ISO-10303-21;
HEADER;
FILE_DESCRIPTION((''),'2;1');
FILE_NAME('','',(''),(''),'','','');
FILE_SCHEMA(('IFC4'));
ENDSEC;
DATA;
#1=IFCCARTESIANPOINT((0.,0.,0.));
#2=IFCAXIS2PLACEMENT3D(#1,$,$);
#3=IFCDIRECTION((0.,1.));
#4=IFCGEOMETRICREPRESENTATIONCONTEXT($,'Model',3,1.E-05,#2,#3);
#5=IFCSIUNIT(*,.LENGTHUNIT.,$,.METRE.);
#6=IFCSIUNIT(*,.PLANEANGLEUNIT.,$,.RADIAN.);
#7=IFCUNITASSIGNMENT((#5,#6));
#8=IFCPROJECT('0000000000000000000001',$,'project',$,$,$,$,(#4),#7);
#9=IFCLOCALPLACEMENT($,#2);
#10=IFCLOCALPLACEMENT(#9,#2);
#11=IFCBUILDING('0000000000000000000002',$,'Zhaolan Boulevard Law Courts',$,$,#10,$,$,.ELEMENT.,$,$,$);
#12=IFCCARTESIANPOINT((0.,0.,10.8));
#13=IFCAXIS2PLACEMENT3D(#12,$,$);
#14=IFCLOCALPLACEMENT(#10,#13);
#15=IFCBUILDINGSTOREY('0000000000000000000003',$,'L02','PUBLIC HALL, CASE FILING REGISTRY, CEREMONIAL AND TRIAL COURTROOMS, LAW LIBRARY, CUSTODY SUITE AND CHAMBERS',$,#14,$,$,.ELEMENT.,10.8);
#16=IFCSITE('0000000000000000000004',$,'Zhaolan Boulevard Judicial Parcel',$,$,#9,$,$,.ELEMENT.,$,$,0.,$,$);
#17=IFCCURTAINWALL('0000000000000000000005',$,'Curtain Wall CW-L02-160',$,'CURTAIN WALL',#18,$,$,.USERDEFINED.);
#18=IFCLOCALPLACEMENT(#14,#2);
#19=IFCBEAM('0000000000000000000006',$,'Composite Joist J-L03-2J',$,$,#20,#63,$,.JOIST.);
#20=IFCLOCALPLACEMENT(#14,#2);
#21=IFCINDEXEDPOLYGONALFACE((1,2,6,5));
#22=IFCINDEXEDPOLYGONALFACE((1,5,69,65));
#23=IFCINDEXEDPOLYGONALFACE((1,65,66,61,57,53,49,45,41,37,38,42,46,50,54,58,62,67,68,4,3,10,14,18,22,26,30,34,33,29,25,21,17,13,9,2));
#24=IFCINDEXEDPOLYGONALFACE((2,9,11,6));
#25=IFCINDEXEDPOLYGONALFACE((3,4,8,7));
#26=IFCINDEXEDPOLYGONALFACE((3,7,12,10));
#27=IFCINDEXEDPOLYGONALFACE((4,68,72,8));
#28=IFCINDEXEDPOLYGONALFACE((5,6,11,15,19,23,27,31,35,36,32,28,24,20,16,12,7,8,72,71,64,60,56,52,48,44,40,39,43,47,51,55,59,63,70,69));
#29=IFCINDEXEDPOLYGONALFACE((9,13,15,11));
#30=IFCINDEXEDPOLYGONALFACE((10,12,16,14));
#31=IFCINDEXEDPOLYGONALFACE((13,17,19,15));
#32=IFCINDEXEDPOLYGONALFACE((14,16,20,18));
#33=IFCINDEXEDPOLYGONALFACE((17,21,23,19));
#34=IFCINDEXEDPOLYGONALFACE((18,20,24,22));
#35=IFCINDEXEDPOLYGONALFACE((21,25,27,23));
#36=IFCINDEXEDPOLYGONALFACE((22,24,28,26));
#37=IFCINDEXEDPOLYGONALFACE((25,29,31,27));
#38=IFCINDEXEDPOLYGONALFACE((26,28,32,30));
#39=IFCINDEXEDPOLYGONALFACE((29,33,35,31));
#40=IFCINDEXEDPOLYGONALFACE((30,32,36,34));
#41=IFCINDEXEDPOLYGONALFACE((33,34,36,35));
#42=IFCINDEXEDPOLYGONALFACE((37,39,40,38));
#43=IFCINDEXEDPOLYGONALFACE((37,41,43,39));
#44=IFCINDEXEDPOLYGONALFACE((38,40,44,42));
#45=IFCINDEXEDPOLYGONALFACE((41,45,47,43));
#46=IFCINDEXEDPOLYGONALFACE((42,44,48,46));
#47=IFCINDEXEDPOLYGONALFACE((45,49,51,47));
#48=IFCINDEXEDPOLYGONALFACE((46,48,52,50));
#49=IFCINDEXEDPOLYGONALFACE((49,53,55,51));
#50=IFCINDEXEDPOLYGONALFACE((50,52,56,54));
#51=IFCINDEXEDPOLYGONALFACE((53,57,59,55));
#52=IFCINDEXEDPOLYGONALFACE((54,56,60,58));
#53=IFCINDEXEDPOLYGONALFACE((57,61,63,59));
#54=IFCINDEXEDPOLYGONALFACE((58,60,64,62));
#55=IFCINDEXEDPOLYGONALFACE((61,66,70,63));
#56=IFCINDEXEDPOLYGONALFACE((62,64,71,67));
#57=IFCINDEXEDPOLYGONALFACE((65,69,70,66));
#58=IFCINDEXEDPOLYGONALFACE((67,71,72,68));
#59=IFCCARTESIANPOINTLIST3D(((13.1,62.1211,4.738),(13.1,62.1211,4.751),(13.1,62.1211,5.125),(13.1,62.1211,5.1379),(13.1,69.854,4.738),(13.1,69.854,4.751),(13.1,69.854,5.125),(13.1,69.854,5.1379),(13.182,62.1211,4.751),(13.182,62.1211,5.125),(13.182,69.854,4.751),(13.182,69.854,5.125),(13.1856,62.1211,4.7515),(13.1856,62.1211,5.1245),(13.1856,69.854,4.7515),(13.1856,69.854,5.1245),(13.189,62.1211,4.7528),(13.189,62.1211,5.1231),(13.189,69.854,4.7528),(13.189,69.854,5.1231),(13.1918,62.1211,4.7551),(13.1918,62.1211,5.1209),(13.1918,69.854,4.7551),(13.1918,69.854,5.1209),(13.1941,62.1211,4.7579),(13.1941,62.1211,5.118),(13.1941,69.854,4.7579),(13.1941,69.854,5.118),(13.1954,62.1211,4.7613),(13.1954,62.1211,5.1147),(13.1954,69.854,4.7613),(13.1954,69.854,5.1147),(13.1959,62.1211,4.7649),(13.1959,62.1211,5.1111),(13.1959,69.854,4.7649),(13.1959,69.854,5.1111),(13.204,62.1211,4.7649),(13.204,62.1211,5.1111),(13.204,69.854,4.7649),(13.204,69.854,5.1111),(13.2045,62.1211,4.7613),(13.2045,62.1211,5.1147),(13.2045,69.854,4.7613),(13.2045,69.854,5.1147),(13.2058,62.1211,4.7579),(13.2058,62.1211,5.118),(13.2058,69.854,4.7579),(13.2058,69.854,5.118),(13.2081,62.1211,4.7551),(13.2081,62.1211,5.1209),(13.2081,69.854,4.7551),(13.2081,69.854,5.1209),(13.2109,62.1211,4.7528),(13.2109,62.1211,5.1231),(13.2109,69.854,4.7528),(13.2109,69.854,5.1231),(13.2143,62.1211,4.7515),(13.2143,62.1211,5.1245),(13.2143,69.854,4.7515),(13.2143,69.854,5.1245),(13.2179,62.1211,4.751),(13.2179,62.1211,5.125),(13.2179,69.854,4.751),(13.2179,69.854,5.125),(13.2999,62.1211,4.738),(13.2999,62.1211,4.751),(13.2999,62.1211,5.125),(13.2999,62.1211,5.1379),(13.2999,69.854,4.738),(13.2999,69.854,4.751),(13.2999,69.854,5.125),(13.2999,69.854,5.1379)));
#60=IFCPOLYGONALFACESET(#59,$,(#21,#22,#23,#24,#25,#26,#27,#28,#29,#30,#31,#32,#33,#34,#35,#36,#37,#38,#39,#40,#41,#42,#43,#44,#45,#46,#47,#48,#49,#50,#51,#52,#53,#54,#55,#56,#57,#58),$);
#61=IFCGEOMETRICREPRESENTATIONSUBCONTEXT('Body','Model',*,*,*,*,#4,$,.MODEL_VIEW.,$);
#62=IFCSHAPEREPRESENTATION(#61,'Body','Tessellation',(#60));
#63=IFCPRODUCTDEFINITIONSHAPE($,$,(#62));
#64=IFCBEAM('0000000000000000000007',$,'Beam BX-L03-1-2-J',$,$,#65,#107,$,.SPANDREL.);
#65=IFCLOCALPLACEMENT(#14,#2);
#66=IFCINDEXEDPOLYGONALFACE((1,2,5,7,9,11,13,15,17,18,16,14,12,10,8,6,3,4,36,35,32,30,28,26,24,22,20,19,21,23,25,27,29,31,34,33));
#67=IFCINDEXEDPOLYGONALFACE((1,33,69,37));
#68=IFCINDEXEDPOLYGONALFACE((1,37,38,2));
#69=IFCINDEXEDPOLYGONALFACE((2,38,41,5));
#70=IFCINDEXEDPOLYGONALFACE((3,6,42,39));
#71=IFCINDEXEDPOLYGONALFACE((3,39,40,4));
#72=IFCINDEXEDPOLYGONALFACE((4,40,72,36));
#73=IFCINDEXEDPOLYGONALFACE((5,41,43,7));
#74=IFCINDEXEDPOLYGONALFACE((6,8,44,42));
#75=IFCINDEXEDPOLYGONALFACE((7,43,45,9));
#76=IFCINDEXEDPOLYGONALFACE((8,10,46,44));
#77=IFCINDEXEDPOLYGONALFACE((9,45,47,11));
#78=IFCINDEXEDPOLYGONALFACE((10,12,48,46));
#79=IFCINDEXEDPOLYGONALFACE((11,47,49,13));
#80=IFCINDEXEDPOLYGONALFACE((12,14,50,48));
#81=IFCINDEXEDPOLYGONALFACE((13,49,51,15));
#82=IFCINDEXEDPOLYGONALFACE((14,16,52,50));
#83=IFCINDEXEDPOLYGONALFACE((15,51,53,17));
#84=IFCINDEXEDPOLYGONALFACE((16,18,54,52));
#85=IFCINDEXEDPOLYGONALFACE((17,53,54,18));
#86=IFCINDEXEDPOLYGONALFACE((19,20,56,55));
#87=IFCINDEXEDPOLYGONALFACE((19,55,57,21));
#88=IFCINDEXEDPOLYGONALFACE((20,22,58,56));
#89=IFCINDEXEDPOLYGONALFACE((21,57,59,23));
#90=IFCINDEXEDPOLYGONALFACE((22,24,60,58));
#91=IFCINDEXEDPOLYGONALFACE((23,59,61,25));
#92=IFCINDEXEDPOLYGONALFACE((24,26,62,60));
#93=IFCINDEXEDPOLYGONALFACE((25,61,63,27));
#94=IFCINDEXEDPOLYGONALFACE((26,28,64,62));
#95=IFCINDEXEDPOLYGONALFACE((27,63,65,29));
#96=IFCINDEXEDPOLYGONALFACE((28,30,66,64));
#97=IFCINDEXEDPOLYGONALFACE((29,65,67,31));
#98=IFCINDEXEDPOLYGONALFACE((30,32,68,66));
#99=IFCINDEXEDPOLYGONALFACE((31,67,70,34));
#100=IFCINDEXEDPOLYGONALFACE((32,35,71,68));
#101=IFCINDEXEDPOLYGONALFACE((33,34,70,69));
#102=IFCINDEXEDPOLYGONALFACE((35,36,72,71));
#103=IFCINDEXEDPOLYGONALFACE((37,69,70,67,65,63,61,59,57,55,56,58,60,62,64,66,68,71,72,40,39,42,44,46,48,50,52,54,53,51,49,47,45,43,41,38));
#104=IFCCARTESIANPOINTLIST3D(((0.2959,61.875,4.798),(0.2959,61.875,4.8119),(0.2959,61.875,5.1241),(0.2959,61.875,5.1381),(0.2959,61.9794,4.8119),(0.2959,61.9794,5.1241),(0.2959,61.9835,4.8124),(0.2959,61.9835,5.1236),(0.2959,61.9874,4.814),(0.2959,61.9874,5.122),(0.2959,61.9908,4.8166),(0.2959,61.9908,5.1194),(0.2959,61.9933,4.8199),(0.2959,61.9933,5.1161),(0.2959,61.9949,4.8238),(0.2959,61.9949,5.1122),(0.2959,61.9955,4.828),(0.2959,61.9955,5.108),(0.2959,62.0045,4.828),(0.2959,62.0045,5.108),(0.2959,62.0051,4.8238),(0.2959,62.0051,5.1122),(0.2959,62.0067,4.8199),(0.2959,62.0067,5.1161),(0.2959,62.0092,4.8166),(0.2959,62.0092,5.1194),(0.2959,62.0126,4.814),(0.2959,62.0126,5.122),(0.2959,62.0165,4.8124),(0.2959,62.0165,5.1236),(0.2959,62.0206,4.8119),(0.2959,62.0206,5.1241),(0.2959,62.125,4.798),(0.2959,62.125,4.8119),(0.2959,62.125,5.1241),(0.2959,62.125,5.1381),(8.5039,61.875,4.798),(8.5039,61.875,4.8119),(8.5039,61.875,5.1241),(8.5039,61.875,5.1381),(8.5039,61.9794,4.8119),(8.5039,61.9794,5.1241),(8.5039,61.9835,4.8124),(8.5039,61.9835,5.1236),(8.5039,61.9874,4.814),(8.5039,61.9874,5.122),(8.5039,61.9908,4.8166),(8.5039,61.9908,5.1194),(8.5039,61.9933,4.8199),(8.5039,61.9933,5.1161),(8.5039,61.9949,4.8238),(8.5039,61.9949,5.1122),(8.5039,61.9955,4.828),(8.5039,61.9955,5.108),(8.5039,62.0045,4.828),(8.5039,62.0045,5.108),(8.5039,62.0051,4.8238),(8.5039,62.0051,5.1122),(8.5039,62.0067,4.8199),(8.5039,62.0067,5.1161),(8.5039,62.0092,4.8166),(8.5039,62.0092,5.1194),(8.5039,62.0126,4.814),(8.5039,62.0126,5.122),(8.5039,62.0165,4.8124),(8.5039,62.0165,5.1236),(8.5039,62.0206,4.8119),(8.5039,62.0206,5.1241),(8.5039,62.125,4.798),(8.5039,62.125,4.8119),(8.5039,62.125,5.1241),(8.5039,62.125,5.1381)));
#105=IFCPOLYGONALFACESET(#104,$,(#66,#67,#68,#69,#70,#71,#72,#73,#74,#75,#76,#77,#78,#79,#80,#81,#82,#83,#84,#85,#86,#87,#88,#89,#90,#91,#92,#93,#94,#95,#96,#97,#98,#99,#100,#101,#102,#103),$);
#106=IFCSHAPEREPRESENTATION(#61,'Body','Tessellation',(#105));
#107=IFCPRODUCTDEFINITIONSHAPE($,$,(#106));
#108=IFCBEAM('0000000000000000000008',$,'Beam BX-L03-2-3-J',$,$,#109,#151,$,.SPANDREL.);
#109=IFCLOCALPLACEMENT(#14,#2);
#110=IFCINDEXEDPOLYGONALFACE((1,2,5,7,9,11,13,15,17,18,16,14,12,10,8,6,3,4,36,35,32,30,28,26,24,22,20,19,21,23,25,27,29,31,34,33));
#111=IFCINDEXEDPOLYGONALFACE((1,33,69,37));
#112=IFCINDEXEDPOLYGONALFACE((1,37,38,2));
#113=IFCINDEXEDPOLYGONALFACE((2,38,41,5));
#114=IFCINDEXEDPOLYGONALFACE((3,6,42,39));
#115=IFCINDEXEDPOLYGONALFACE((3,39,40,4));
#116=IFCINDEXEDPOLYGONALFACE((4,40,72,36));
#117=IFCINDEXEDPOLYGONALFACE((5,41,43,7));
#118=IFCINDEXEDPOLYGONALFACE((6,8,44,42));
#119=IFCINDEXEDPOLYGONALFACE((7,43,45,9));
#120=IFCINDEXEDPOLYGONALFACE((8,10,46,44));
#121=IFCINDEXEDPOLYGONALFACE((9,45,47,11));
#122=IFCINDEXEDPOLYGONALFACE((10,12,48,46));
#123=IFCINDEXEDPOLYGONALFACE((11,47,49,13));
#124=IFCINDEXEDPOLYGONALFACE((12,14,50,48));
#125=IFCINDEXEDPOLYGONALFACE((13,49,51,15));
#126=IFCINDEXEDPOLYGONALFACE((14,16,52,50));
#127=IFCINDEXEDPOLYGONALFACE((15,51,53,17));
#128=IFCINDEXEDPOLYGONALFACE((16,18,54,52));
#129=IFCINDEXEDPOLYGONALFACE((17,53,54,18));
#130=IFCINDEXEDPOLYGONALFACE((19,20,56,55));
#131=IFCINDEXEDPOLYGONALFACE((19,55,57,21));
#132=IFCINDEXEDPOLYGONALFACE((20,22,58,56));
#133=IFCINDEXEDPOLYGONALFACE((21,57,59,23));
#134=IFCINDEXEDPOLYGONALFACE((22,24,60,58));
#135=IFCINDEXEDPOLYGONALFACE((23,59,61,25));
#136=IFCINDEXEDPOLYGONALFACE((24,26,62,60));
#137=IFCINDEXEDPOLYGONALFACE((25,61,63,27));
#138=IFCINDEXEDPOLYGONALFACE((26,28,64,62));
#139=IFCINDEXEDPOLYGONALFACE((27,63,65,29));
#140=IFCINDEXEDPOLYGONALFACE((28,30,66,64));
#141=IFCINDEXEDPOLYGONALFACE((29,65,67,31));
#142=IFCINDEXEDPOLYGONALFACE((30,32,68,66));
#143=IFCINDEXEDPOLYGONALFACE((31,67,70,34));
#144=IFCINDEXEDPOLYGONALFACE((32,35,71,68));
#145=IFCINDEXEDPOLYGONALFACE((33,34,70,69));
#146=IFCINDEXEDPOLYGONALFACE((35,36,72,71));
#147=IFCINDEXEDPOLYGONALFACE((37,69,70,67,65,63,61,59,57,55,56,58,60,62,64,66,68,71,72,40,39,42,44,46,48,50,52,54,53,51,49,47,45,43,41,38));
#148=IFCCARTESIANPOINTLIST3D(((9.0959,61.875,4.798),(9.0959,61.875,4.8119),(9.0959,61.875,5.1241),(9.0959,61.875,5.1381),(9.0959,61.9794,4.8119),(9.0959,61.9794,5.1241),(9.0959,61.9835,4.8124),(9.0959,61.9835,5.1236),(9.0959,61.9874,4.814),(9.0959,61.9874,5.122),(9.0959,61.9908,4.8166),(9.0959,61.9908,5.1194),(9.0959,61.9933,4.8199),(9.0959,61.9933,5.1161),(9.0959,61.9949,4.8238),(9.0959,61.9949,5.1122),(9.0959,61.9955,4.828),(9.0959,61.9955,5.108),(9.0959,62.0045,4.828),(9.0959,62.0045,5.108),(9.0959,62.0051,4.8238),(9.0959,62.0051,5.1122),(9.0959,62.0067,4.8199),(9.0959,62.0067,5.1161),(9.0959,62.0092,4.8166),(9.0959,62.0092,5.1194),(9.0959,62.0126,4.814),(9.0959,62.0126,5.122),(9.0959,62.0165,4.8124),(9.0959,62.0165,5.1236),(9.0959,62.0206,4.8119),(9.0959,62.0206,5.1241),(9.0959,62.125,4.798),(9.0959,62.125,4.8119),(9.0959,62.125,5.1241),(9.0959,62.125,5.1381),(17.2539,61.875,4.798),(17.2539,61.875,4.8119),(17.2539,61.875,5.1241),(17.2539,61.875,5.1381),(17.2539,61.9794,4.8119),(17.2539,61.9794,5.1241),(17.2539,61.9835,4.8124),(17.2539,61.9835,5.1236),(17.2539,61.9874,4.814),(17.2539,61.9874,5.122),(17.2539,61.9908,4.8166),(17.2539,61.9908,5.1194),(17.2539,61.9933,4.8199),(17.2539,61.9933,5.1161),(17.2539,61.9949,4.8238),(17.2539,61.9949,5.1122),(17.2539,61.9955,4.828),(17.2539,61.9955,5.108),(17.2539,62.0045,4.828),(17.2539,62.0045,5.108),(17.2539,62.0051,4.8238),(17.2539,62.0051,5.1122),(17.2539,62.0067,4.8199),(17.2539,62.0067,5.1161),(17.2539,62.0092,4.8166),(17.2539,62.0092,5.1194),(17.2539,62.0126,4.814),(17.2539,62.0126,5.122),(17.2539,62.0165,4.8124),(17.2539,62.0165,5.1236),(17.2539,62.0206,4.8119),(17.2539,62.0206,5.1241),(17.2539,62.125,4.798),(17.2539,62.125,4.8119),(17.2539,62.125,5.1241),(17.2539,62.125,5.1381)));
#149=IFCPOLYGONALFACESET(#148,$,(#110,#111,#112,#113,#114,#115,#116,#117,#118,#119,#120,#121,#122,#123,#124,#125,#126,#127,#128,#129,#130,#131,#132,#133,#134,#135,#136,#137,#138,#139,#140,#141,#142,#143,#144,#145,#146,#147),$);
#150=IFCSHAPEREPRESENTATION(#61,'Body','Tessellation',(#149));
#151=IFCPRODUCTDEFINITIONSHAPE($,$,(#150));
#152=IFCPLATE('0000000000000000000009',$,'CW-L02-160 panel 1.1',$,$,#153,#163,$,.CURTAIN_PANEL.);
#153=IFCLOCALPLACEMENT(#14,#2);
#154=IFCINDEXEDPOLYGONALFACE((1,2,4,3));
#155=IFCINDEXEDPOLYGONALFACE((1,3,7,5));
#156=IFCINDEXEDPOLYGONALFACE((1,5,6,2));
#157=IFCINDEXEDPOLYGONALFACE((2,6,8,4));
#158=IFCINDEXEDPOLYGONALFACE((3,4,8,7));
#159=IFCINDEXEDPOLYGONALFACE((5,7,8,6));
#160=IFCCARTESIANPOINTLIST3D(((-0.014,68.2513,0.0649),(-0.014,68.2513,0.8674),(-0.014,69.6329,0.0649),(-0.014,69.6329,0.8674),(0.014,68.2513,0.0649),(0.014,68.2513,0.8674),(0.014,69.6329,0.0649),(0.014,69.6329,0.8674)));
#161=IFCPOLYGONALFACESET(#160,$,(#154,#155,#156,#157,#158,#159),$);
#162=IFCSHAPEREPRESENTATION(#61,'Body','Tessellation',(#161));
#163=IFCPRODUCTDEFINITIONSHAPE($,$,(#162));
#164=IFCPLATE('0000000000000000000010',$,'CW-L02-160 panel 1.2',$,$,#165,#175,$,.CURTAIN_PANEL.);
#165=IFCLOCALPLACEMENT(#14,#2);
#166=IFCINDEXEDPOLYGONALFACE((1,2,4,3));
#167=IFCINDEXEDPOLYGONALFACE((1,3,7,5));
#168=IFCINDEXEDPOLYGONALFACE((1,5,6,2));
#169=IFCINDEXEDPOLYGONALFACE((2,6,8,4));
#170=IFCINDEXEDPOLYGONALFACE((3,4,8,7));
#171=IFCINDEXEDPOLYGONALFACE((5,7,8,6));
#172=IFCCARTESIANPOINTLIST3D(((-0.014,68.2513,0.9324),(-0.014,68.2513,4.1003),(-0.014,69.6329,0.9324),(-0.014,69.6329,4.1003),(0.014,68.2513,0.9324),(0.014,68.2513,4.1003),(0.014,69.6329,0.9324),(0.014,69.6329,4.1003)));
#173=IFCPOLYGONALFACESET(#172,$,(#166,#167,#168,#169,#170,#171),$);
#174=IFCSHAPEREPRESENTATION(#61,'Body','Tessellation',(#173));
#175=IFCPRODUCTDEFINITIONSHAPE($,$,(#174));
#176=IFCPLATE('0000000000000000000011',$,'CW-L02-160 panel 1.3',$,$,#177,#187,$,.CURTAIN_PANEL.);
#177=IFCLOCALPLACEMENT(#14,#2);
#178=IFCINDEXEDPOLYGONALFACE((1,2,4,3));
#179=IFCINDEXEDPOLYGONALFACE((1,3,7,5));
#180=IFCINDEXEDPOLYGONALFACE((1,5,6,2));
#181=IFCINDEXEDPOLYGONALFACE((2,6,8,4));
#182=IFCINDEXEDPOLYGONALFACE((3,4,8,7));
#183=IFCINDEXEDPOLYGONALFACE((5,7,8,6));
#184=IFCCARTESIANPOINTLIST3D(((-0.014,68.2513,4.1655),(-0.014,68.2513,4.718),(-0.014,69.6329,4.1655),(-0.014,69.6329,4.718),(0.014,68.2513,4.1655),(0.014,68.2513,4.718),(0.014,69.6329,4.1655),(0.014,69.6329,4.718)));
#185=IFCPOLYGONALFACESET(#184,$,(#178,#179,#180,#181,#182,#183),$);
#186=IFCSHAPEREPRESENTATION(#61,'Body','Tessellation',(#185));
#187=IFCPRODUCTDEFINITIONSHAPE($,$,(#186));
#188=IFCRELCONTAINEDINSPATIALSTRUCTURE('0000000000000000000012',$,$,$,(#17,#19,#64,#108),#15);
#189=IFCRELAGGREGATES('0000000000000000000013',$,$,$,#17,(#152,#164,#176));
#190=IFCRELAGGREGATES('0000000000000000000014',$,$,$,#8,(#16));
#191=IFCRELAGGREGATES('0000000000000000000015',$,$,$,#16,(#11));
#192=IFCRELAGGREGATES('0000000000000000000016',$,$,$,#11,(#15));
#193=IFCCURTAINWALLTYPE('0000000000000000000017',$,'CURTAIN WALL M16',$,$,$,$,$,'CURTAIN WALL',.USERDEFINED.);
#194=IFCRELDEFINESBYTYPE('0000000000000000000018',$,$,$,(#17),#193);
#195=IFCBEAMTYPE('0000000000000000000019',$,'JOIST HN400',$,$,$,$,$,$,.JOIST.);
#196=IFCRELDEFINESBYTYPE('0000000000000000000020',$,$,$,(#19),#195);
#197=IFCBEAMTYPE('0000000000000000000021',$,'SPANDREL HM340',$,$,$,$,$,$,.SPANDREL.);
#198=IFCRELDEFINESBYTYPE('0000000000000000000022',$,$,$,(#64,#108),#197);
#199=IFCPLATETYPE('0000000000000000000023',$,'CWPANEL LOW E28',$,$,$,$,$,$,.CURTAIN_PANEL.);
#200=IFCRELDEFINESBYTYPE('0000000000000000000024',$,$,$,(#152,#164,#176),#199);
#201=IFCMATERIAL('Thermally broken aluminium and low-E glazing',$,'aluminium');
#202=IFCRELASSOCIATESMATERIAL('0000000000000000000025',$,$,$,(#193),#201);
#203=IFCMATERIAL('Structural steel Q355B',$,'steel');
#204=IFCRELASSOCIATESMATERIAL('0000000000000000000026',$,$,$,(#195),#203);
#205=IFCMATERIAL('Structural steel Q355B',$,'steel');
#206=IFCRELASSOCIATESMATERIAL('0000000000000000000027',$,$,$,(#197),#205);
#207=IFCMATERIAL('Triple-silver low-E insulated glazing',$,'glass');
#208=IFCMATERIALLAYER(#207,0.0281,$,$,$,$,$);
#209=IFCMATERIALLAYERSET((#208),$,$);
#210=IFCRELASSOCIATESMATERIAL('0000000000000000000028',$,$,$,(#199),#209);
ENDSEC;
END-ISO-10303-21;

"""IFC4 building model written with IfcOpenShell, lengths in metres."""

from ifc_helpers import new_model, si_unit, direction, frame, origin, origin_2d, place, context, subcontext, project, spatial, rectangle, i_section, extrude, material, layer, layer_set, material_profile, profile_set, type_object, element, aggregate, save


model = new_model("IFC4")

# Units and contexts
model_context = context("Model", 3, precision=1e-05, world=origin(), true_north=direction((0.0, 1.0)))
body_context = subcontext(model_context, "Body", "Model", "MODEL_VIEW")
ifc_project = project(units=[si_unit("LENGTHUNIT", "METRE"), si_unit("PLANEANGLEUNIT", "RADIAN")], contexts=[model_context])

# Site, building, storey
site_placement = place(None, origin())
site = spatial("IfcSite", under=ifc_project, at=site_placement, Name="Zhaolan Boulevard Judicial Parcel", CompositionType="ELEMENT", RefElevation=0.0)
building_placement = place(site_placement, origin())
building = spatial("IfcBuilding", under=site, at=building_placement, Name="Zhaolan Boulevard Law Courts", CompositionType="ELEMENT")
storey_placement = place(building_placement, frame((0.0, 0.0, 10.8)))
storey = spatial("IfcBuildingStorey", under=building, at=storey_placement, Name="L02", Description="PUBLIC HALL, CASE FILING REGISTRY, CEREMONIAL AND TRIAL COURTROOMS, LAW LIBRARY, CUSTODY SUITE AND CHAMBERS", CompositionType="ELEMENT", Elevation=10.8)

# Curtain wall
ifc_material_1 = material(Name="Thermally broken aluminium and low-E glazing", Category="aluminium")
curtain_wall_type = type_object("IfcCurtainWallType", Name="CURTAIN WALL M16", ElementType="CURTAIN WALL", PredefinedType="USERDEFINED", material=ifc_material_1)
curtain_wall_placement = place(storey_placement, origin())
curtain_wall = element("IfcCurtainWall", 1, at=curtain_wall_placement, inside=storey, type_object=curtain_wall_type, Name="Curtain Wall CW-L02-160", ObjectType="CURTAIN WALL", PredefinedType="USERDEFINED")

# Beams
ifc_material_2 = material(Name="Structural steel Q355B", Category="steel")
ifc_material_profile_1 = material_profile(ifc_material_2, i_section(OverallWidth=0.2, OverallDepth=0.3999, WebThickness=0.0081, FlangeThickness=0.0129, FilletRadius=0.0139, at=origin_2d()), Name="HN400x200")
ifc_profile_set_1 = profile_set([ifc_material_profile_1], Name="Structural steel Q355B")
beam_type_1 = type_object("IfcBeamType", Name="JOIST HN400", PredefinedType="JOIST", material=ifc_profile_set_1)
beam_1_placement = place(storey_placement, frame((13.2, 62.1211, 4.938), z_axis=(0.0, 1.0, 0.0), x_axis=(-1.0, 0.0, 0.0)))
element("IfcBeam", 2, at=beam_1_placement, inside=storey, type_object=beam_type_1, Name="Composite Joist J-L03-2J", PredefinedType="JOIST", context=body_context, shape_type="SweptSolid", body=[
    extrude(i_section(OverallWidth=0.2, OverallDepth=0.3999, WebThickness=0.0081, FlangeThickness=0.0129, FilletRadius=0.0139, at=origin_2d()), origin(), (0.0, 0.0, 1.0), 7.7329),
])
ifc_material_3 = material(Name="Structural steel Q355B", Category="steel")
ifc_material_profile_2 = material_profile(ifc_material_3, i_section(OverallWidth=0.25, OverallDepth=0.3401, WebThickness=0.009, FlangeThickness=0.0139, FilletRadius=0.0161, at=origin_2d()), Name="HM340x250")
ifc_profile_set_2 = profile_set([ifc_material_profile_2], Name="Structural steel Q355B")
beam_type_2 = type_object("IfcBeamType", Name="SPANDREL HM340", PredefinedType="SPANDREL", material=ifc_profile_set_2)
beam_2_placement = place(storey_placement, frame((0.2959, 62.0, 4.968), z_axis=(1.0, 0.0, 0.0), x_axis=(0.0, 1.0, 0.0)))
element("IfcBeam", 3, at=beam_2_placement, inside=storey, type_object=beam_type_2, Name="Beam BX-L03-1-2-J", PredefinedType="SPANDREL", context=body_context, shape_type="SweptSolid", body=[
    extrude(i_section(OverallWidth=0.25, OverallDepth=0.3401, WebThickness=0.009, FlangeThickness=0.0139, FilletRadius=0.0161, at=origin_2d()), origin(), (0.0, 0.0, 1.0), 8.208),
])
beam_3_placement = place(storey_placement, frame((9.0959, 62.0, 4.968), z_axis=(1.0, 0.0, 0.0), x_axis=(0.0, 1.0, 0.0)))
element("IfcBeam", 4, at=beam_3_placement, inside=storey, type_object=beam_type_2, Name="Beam BX-L03-2-3-J", PredefinedType="SPANDREL", context=body_context, shape_type="SweptSolid", body=[
    extrude(i_section(OverallWidth=0.25, OverallDepth=0.3401, WebThickness=0.009, FlangeThickness=0.0139, FilletRadius=0.0161, at=origin_2d()), origin(), (0.0, 0.0, 1.0), 8.158),
])

# Plates
ifc_material_4 = material(Name="Triple-silver low-E insulated glazing", Category="glass")
ifc_layer_1 = layer(ifc_material_4, 0.0281)
ifc_layer_set_1 = layer_set([ifc_layer_1])
plate_type_1 = type_object("IfcPlateType", Name="CWPANEL LOW E28", PredefinedType="CURTAIN_PANEL", material=ifc_layer_set_1)
plate_1_placement = place(storey_placement, frame((0.0, 68.9421, 0.0649), z_axis=(0.0, 0.0, 1.0), x_axis=(0.0, -1.0, 0.0)))
plate_1 = element("IfcPlate", 5, at=plate_1_placement, type_object=plate_type_1, Name="CW-L02-160 panel 1.1", PredefinedType="CURTAIN_PANEL", context=body_context, shape_type="SweptSolid", body=[
    extrude(rectangle(XDim=1.3816, YDim=0.0281, at=origin_2d()), origin(), (0.0, 0.0, 1.0), 0.8025),
])
plate_2_placement = place(storey_placement, frame((0.0, 68.9421, 0.9324), z_axis=(0.0, 0.0, 1.0), x_axis=(0.0, -1.0, 0.0)))
plate_2 = element("IfcPlate", 6, at=plate_2_placement, type_object=plate_type_1, Name="CW-L02-160 panel 1.2", PredefinedType="CURTAIN_PANEL", context=body_context, shape_type="SweptSolid", body=[
    extrude(rectangle(XDim=1.3816, YDim=0.0281, at=origin_2d()), origin(), (0.0, 0.0, 1.0), 3.168),
])
plate_3_placement = place(storey_placement, frame((0.0, 68.9421, 4.1655), z_axis=(0.0, 0.0, 1.0), x_axis=(0.0, -1.0, 0.0)))
plate_3 = element("IfcPlate", 7, at=plate_3_placement, type_object=plate_type_1, Name="CW-L02-160 panel 1.3", PredefinedType="CURTAIN_PANEL", context=body_context, shape_type="SweptSolid", body=[
    extrude(rectangle(XDim=1.3816, YDim=0.0281, at=origin_2d()), origin(), (0.0, 0.0, 1.0), 0.5525),
])
aggregate(curtain_wall, [plate_1, plate_2, plate_3])

save(model, "model.ifc")
